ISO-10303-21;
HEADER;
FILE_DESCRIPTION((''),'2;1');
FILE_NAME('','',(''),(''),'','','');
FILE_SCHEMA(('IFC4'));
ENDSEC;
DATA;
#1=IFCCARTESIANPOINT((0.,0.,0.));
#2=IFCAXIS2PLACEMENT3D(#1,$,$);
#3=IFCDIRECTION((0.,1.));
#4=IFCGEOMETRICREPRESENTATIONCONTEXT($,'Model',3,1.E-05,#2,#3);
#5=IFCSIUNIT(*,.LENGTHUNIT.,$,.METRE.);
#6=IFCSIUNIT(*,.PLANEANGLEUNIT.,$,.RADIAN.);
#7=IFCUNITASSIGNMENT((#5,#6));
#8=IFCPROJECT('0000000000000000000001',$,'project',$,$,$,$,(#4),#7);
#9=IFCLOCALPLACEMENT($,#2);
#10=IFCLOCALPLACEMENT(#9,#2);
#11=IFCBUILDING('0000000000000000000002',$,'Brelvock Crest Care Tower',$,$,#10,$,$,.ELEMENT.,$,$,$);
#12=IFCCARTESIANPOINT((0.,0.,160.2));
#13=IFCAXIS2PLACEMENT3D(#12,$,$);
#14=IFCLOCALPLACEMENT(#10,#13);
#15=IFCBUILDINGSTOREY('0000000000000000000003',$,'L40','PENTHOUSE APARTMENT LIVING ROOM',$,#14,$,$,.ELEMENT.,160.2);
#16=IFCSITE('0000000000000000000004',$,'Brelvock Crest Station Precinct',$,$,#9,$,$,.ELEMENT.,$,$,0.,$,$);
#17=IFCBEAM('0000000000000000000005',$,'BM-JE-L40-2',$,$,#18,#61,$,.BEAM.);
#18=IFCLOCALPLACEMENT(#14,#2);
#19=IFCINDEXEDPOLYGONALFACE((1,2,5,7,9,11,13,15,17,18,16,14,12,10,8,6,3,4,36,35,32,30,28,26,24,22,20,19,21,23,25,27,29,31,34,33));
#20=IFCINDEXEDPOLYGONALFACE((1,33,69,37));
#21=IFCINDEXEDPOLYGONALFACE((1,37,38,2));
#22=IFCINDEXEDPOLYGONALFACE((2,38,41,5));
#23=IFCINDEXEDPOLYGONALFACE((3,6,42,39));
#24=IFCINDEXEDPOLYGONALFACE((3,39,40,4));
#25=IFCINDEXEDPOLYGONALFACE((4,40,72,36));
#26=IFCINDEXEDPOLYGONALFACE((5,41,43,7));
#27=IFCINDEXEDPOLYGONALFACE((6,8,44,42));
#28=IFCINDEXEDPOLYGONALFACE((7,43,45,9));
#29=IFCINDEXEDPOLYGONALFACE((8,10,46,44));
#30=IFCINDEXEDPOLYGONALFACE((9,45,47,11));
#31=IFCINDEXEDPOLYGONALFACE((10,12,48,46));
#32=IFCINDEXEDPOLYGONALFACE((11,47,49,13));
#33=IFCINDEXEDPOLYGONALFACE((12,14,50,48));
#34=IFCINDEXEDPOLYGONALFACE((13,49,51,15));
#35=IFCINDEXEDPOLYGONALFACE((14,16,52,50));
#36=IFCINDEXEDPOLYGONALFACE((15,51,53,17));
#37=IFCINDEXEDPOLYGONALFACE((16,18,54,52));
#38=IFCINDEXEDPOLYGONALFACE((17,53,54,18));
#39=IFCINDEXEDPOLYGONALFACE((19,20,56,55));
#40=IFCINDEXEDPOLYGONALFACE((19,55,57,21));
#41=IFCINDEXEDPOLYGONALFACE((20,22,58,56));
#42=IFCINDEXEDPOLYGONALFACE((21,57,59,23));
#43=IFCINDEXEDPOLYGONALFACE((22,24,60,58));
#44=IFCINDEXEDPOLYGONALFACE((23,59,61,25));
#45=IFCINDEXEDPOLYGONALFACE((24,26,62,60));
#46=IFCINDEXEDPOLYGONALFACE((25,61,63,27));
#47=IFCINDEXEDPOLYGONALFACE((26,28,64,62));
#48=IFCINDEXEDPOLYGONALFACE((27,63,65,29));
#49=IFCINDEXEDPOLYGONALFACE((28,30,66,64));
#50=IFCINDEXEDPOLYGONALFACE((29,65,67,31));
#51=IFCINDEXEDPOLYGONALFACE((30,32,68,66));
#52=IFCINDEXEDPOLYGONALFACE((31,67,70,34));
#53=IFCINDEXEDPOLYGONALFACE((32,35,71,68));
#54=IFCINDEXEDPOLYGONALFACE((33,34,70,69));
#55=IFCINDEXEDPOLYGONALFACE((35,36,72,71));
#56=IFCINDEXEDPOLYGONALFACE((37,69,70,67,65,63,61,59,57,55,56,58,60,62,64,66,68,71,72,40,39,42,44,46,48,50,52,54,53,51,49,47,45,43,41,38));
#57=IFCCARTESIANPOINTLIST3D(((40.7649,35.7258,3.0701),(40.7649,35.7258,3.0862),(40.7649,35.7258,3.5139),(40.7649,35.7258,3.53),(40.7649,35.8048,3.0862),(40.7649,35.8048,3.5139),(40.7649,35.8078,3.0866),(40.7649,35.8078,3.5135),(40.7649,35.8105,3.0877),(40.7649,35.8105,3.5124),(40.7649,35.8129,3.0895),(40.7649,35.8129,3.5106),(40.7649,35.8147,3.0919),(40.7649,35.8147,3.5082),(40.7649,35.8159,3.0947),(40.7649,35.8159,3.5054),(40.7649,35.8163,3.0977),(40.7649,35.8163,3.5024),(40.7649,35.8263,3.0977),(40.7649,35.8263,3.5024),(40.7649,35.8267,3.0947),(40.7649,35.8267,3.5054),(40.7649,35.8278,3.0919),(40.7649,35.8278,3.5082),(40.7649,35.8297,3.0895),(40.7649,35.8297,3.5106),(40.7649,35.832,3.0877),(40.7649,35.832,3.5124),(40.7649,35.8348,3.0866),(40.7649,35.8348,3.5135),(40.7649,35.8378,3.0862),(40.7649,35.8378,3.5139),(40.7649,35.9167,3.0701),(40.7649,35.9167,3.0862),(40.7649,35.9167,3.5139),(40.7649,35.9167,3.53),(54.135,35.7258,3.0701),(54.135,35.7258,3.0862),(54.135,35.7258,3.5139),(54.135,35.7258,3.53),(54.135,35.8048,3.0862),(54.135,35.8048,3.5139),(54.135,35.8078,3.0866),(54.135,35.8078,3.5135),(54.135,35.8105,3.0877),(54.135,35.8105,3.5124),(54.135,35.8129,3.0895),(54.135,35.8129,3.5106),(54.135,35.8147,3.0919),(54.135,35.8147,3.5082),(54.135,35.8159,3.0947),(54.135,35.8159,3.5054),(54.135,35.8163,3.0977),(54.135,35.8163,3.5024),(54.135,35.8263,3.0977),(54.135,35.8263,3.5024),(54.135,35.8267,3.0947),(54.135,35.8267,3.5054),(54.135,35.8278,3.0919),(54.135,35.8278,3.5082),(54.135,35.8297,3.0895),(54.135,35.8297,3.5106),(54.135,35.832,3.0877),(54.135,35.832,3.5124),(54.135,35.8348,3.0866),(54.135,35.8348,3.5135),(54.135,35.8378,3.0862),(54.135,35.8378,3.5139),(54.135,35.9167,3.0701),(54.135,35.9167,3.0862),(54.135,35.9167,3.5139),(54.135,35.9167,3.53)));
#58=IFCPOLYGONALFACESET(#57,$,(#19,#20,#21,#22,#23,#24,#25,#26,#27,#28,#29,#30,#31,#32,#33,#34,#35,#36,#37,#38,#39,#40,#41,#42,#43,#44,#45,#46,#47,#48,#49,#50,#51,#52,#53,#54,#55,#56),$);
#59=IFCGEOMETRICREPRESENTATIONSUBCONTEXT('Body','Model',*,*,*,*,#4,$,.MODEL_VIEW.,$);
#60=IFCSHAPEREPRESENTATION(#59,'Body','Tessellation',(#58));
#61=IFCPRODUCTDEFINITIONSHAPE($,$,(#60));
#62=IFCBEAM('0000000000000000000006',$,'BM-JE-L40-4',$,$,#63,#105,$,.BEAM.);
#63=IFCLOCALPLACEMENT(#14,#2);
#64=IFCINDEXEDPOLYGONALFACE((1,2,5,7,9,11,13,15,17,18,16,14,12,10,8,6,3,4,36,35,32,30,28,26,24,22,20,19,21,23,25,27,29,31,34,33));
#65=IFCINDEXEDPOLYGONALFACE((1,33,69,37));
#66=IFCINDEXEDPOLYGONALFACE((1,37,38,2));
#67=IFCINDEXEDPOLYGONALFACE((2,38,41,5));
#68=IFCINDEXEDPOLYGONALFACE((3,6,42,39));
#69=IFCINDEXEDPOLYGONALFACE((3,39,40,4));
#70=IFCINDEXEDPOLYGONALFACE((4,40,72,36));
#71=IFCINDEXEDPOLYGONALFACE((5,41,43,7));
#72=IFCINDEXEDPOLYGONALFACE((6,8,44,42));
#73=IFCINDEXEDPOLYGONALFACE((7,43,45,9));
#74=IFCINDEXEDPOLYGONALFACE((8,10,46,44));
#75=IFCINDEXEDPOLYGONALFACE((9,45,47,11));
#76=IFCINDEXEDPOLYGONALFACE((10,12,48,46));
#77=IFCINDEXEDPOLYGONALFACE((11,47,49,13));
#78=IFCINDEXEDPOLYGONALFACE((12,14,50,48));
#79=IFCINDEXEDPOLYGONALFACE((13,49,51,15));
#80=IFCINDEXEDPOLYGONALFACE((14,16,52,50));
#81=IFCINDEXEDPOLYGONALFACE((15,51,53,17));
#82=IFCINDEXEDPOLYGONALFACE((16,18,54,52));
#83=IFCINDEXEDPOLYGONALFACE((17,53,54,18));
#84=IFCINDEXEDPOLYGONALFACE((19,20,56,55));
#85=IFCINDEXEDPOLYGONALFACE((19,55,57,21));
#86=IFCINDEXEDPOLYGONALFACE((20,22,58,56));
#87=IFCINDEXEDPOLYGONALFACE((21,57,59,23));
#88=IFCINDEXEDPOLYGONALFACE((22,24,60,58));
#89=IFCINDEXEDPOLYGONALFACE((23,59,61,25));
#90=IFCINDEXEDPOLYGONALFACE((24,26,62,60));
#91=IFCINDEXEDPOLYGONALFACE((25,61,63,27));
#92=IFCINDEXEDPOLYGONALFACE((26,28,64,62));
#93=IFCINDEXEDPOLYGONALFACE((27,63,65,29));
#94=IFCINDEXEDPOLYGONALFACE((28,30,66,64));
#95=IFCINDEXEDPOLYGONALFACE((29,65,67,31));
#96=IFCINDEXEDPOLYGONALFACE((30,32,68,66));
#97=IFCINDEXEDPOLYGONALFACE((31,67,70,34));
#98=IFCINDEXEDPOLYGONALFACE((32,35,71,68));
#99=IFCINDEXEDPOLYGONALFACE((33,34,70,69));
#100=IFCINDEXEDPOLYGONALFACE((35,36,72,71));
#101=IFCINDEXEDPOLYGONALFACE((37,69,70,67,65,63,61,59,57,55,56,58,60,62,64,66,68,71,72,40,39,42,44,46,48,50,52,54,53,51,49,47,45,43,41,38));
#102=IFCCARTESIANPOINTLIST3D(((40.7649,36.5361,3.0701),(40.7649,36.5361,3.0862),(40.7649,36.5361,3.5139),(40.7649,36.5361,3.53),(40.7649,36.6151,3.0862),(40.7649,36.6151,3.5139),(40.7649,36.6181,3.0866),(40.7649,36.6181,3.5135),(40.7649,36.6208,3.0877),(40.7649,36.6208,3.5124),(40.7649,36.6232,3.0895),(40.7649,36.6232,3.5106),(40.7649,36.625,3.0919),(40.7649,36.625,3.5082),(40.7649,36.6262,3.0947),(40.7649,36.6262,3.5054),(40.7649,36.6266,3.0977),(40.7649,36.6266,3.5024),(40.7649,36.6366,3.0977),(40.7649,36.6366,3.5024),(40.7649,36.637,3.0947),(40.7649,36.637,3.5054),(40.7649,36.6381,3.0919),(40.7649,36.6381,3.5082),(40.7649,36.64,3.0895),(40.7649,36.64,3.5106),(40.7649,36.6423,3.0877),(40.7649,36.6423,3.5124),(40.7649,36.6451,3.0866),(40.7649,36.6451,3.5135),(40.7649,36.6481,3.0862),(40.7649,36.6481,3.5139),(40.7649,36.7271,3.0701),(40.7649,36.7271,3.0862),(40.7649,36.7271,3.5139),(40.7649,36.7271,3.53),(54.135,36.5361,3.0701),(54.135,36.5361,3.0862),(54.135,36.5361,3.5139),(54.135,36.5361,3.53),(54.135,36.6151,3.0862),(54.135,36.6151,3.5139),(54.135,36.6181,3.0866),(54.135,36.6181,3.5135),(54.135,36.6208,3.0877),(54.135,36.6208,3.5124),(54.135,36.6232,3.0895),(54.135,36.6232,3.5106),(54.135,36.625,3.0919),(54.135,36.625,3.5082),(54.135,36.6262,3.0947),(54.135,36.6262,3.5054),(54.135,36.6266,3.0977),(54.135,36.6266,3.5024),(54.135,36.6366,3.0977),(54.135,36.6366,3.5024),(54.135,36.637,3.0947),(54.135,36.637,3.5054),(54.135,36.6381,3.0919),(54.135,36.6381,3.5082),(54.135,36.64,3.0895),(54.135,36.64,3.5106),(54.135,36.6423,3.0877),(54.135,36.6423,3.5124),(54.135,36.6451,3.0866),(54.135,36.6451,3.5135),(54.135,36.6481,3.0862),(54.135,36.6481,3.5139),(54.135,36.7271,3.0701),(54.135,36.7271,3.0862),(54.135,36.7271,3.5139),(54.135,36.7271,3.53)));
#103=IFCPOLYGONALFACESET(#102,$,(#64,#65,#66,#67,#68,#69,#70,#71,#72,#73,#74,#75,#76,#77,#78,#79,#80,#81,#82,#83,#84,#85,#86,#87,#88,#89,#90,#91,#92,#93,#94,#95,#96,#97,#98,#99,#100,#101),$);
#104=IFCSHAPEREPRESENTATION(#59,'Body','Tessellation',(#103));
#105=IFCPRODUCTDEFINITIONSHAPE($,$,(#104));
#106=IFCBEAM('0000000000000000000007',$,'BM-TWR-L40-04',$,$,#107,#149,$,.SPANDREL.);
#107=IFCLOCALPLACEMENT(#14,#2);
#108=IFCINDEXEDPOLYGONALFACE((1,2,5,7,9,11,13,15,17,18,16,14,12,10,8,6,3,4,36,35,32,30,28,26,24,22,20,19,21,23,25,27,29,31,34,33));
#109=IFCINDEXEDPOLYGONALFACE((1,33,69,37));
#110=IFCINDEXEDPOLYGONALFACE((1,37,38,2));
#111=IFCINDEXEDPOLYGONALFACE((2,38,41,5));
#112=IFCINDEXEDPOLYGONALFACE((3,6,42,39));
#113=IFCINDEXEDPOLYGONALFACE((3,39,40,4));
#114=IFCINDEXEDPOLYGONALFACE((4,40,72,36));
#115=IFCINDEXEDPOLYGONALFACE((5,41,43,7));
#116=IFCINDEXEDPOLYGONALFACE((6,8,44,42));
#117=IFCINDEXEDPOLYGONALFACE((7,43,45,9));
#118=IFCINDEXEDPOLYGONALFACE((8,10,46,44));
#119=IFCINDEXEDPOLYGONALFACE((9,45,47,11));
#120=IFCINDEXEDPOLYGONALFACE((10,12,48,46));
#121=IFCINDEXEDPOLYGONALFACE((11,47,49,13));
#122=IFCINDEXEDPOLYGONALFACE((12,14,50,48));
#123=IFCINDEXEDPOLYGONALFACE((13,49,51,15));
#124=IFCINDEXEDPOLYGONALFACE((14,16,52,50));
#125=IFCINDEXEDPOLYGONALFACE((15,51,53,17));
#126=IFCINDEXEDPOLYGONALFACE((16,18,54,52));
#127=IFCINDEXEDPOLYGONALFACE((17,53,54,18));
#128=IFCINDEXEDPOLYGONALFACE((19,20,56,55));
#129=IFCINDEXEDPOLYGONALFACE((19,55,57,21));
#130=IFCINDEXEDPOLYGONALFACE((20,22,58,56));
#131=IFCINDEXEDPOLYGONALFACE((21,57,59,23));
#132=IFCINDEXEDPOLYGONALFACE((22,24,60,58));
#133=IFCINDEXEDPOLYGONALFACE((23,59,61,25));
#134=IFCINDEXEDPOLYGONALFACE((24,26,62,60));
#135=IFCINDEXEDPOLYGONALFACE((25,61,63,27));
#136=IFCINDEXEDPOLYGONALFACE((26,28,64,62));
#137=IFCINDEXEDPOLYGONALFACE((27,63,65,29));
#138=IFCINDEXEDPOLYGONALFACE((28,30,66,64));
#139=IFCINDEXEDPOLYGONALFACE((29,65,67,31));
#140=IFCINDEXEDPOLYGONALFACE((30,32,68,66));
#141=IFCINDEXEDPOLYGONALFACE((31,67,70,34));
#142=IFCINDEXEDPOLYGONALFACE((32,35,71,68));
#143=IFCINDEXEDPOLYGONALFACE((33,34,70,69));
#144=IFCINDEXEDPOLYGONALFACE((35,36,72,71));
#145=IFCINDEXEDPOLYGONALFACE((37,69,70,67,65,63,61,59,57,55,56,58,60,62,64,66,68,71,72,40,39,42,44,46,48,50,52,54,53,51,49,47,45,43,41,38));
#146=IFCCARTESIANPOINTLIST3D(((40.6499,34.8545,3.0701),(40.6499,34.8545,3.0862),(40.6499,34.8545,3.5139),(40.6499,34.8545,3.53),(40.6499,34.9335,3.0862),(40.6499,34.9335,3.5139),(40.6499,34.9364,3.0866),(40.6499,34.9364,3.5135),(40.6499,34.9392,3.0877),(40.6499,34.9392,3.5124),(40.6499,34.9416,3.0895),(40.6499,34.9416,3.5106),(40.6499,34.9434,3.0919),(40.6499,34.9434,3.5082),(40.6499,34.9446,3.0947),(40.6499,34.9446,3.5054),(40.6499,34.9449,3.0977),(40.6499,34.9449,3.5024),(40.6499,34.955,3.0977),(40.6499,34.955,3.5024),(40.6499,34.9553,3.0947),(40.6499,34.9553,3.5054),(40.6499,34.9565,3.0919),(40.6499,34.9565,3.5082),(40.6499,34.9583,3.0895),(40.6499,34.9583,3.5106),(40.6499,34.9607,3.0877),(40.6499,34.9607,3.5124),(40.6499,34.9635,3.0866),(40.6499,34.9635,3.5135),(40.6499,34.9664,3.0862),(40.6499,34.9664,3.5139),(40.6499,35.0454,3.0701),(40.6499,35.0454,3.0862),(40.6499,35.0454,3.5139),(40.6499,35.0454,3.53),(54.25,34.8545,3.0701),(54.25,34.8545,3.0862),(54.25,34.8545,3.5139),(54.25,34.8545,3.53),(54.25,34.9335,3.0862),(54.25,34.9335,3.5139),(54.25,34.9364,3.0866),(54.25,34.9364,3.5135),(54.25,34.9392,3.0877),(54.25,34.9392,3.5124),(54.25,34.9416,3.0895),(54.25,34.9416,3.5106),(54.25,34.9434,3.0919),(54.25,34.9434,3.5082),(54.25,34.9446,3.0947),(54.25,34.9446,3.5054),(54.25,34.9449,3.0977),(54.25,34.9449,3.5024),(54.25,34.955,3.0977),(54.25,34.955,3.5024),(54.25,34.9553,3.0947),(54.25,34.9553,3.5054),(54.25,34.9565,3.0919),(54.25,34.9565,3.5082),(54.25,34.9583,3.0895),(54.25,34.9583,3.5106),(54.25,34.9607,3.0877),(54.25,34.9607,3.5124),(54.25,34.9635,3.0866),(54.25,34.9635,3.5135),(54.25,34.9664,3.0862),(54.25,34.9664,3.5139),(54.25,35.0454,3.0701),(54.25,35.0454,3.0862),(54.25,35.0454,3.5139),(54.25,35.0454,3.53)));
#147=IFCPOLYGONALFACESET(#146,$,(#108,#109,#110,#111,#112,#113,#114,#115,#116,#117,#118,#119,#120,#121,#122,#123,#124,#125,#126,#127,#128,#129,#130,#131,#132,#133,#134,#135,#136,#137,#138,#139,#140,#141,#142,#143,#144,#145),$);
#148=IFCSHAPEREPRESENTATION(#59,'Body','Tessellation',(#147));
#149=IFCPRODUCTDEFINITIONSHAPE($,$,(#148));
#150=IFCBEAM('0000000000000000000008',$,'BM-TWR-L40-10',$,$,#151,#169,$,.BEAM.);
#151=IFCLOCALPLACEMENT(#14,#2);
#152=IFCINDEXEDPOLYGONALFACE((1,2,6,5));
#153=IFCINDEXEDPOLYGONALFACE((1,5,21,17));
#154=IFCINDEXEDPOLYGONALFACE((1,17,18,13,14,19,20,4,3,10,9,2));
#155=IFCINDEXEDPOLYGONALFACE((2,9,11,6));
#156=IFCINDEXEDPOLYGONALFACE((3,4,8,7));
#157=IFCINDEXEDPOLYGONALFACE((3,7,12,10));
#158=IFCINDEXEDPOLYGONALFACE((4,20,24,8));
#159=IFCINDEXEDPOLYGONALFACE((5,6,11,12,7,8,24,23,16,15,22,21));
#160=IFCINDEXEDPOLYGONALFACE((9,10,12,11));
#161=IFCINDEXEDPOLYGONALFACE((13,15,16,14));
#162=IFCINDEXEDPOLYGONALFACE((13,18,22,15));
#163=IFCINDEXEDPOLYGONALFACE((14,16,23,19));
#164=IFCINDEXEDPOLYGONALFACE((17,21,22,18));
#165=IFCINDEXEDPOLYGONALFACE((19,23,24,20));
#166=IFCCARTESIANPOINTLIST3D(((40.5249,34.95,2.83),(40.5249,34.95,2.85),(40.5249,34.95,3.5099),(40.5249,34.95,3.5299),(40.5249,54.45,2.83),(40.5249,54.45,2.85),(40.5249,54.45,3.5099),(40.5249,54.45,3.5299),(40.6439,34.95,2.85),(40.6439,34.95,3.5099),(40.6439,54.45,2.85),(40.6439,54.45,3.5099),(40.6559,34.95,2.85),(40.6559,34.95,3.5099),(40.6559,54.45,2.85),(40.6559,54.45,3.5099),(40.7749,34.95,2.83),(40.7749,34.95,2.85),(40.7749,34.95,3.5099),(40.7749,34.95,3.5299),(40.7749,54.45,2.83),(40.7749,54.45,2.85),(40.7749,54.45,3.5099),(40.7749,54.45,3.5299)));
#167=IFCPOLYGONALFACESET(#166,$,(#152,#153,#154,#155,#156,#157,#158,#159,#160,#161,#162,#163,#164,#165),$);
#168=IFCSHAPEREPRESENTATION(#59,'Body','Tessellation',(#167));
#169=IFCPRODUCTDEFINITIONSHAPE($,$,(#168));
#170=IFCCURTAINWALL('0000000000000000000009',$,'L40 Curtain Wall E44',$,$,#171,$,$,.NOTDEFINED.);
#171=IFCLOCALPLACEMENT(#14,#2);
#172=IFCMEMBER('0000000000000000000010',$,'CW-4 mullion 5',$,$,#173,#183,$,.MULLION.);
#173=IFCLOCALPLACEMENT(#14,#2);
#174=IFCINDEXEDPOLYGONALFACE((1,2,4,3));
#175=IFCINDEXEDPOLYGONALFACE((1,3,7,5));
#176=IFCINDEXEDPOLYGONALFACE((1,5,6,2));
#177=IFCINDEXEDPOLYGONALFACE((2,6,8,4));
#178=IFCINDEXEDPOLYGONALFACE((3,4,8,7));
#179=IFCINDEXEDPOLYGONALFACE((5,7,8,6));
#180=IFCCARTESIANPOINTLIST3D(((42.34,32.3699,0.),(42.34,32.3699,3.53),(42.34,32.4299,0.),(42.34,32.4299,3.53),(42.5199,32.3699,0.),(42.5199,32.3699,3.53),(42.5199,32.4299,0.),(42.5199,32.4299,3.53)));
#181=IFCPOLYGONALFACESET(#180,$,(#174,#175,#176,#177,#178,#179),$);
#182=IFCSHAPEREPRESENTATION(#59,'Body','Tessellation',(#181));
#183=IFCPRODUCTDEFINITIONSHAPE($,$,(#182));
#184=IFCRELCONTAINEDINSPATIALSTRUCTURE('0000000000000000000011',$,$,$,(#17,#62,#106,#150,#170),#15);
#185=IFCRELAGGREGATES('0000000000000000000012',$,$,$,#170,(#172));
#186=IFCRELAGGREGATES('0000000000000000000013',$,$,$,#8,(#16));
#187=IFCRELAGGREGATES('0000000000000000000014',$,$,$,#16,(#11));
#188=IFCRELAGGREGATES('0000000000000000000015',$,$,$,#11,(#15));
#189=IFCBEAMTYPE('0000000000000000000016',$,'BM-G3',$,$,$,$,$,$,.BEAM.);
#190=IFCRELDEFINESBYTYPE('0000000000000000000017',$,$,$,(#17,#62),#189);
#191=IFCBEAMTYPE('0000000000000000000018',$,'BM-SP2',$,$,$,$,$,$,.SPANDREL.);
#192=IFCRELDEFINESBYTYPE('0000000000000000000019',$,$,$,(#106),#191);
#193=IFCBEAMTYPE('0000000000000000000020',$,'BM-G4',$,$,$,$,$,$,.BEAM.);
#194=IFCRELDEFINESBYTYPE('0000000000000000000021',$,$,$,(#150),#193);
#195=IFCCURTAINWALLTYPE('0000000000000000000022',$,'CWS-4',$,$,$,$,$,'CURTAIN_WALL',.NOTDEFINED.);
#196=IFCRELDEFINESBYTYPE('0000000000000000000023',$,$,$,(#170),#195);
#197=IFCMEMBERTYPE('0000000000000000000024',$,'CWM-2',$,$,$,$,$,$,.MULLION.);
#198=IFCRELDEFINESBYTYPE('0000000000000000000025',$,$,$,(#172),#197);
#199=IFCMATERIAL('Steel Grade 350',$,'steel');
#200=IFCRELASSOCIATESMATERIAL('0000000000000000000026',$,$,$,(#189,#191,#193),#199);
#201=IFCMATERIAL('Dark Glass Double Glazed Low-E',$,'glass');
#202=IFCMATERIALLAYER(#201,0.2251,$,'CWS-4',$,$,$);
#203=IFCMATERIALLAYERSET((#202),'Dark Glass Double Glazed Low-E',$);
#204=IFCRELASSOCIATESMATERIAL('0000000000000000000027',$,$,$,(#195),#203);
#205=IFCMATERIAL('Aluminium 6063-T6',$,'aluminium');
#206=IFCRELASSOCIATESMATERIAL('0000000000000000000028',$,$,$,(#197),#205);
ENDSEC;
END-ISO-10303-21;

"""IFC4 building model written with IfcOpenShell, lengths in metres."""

from ifc_helpers import new_model, si_unit, direction, frame, origin, origin_2d, place, context, subcontext, project, spatial, rectangle, i_section, extrude, source, transform, mapped, material, layer, layer_set, material_profile, profile_set, type_object, element, aggregate, save


model = new_model("IFC4")

# Units and contexts
model_context = context("Model", 3, precision=1e-05, world=origin(), true_north=direction((0.0, 1.0)))
body_context = subcontext(model_context, "Body", "Model", "MODEL_VIEW")
ifc_project = project(units=[si_unit("LENGTHUNIT", "METRE"), si_unit("PLANEANGLEUNIT", "RADIAN")], contexts=[model_context])

# Site, building, storey
site_placement = place(None, origin())
site = spatial("IfcSite", under=ifc_project, at=site_placement, Name="Brelvock Crest Station Precinct", CompositionType="ELEMENT", RefElevation=0.0)
building_placement = place(site_placement, origin())
building = spatial("IfcBuilding", under=site, at=building_placement, Name="Brelvock Crest Care Tower", CompositionType="ELEMENT")
storey_placement = place(building_placement, frame((0.0, 0.0, 160.2)))
storey = spatial("IfcBuildingStorey", under=building, at=storey_placement, Name="L40", Description="PENTHOUSE APARTMENT LIVING ROOM", CompositionType="ELEMENT", Elevation=160.2)

# Shared definitions
ifc_material_1 = material(Name="Steel Grade 350", Category="steel")

# Beams
ifc_material_profile_1 = material_profile(ifc_material_1, i_section(OverallWidth=0.1909, OverallDepth=0.46, WebThickness=0.01, FlangeThickness=0.0161, FilletRadius=0.0115, at=origin_2d()), Name="460UB82.1")
ifc_profile_set_1 = profile_set([ifc_material_profile_1], Name="Steel Grade 350")
beam_type_1 = type_object("IfcBeamType", Name="BM-G3", PredefinedType="BEAM", material=ifc_profile_set_1)
shared_shape_1 = source(origin(), body_context, "Body", "SweptSolid", [
    extrude(i_section(OverallWidth=0.1909, OverallDepth=0.46, WebThickness=0.01, FlangeThickness=0.0161, FilletRadius=0.0115, at=origin_2d()), origin(), (0.0, 0.0, 1.0), 13.3701),
])
for number, where, z_axis, x_axis, name in (
    (1, (40.7649, 35.8213, 3.3), (1.0, 0.0, 0.0), (0.0, 1.0, 0.0), "BM-JE-L40-2"),
    (2, (40.7649, 36.6316, 3.3), (1.0, 0.0, 0.0), (0.0, 1.0, 0.0), "BM-JE-L40-4"),
):
    element("IfcBeam", number, at=place(storey_placement, frame(where, z_axis=z_axis, x_axis=x_axis)), inside=storey, type_object=beam_type_1, Name=name, PredefinedType="BEAM", context=body_context, shape_type="MappedRepresentation", body=[
        mapped(shared_shape_1, transform((0.0, 0.0, 0.0), x_axis=(1.0, 0.0, 0.0), y_axis=(0.0, 1.0, 0.0), z_axis=(0.0, 0.0, 1.0), scale=1.0)),
    ])
ifc_material_profile_2 = material_profile(ifc_material_1, i_section(OverallWidth=0.1909, OverallDepth=0.46, WebThickness=0.01, FlangeThickness=0.0161, FilletRadius=0.0115, at=origin_2d()), Name="460UB82.1")
ifc_profile_set_2 = profile_set([ifc_material_profile_2], Name="Steel Grade 350")
beam_type_2 = type_object("IfcBeamType", Name="BM-SP2", PredefinedType="SPANDREL", material=ifc_profile_set_2)
shared_shape_2 = source(origin(), body_context, "Body", "SweptSolid", [
    extrude(i_section(OverallWidth=0.1909, OverallDepth=0.46, WebThickness=0.01, FlangeThickness=0.0161, FilletRadius=0.0115, at=origin_2d()), origin(), (0.0, 0.0, 1.0), 13.6001),
])
beam_1_placement = place(storey_placement, frame((40.6499, 34.95, 3.3), z_axis=(1.0, 0.0, 0.0), x_axis=(0.0, 1.0, 0.0)))
element("IfcBeam", 3, at=beam_1_placement, inside=storey, type_object=beam_type_2, Name="BM-TWR-L40-04", PredefinedType="SPANDREL", context=body_context, shape_type="MappedRepresentation", body=[
    mapped(shared_shape_2, transform((0.0, 0.0, 0.0), x_axis=(1.0, 0.0, 0.0), y_axis=(0.0, 1.0, 0.0), z_axis=(0.0, 0.0, 1.0), scale=1.0)),
])
ifc_material_profile_3 = material_profile(ifc_material_1, i_section(OverallWidth=0.25, OverallDepth=0.7, WebThickness=0.012, FlangeThickness=0.02, at=origin_2d()), Name="700WB150")
ifc_profile_set_3 = profile_set([ifc_material_profile_3], Name="Steel Grade 350")
beam_type_3 = type_object("IfcBeamType", Name="BM-G4", PredefinedType="BEAM", material=ifc_profile_set_3)
shared_shape_3 = source(origin(), body_context, "Body", "SweptSolid", [
    extrude(i_section(OverallWidth=0.25, OverallDepth=0.7, WebThickness=0.012, FlangeThickness=0.02, at=origin_2d()), origin(), (0.0, 0.0, 1.0), 19.5),
])
beam_2_placement = place(storey_placement, frame((40.6499, 34.95, 3.1799), z_axis=(0.0, 1.0, 0.0), x_axis=(-1.0, 0.0, 0.0)))
element("IfcBeam", 4, at=beam_2_placement, inside=storey, type_object=beam_type_3, Name="BM-TWR-L40-10", PredefinedType="BEAM", context=body_context, shape_type="MappedRepresentation", body=[
    mapped(shared_shape_3, transform((0.0, 0.0, 0.0), x_axis=(1.0, 0.0, 0.0), y_axis=(0.0, 1.0, 0.0), z_axis=(0.0, 0.0, 1.0), scale=1.0)),
])

# Curtain wall, member
ifc_material_2 = material(Name="Dark Glass Double Glazed Low-E", Category="glass")
ifc_layer_1 = layer(ifc_material_2, 0.2251, Name="CWS-4")
ifc_layer_set_1 = layer_set([ifc_layer_1], Name="Dark Glass Double Glazed Low-E")
curtain_wall_type = type_object("IfcCurtainWallType", Name="CWS-4", ElementType="CURTAIN_WALL", PredefinedType="NOTDEFINED", material=ifc_layer_set_1)
curtain_wall_1_placement = place(storey_placement, origin())
curtain_wall_1 = element("IfcCurtainWall", 5, at=curtain_wall_1_placement, inside=storey, type_object=curtain_wall_type, Name="L40 Curtain Wall E44", PredefinedType="NOTDEFINED")
ifc_material_3 = material(Name="Aluminium 6063-T6", Category="aluminium")
ifc_material_profile_4 = material_profile(ifc_material_3, rectangle(XDim=0.0601, YDim=0.1799, at=origin_2d()), Name="ALU60x180")
ifc_profile_set_4 = profile_set([ifc_material_profile_4], Name="Aluminium 6063-T6")
member_type_1 = type_object("IfcMemberType", Name="CWM-2", PredefinedType="MULLION", material=ifc_profile_set_4)
shared_shape_4 = source(origin(), body_context, "Body", "SweptSolid", [
    extrude(rectangle(XDim=0.0601, YDim=0.1799, at=origin_2d()), origin(), (0.0, 0.0, 1.0), 3.53),
])
member_1_placement = place(storey_placement, frame((42.4299, 32.3999, 0.0), z_axis=(0.0, 0.0, 1.0), x_axis=(0.0, -1.0, 0.0)))
member_1 = element("IfcMember", 6, at=member_1_placement, type_object=member_type_1, Name="CW-4 mullion 5", PredefinedType="MULLION", context=body_context, shape_type="MappedRepresentation", body=[
    mapped(shared_shape_4, transform((0.0, 0.0, 0.0), x_axis=(1.0, 0.0, 0.0), y_axis=(0.0, 1.0, 0.0), z_axis=(0.0, 0.0, 1.0), scale=1.0)),
])
aggregate(curtain_wall_1, [member_1])

save(model, "model.ifc")
